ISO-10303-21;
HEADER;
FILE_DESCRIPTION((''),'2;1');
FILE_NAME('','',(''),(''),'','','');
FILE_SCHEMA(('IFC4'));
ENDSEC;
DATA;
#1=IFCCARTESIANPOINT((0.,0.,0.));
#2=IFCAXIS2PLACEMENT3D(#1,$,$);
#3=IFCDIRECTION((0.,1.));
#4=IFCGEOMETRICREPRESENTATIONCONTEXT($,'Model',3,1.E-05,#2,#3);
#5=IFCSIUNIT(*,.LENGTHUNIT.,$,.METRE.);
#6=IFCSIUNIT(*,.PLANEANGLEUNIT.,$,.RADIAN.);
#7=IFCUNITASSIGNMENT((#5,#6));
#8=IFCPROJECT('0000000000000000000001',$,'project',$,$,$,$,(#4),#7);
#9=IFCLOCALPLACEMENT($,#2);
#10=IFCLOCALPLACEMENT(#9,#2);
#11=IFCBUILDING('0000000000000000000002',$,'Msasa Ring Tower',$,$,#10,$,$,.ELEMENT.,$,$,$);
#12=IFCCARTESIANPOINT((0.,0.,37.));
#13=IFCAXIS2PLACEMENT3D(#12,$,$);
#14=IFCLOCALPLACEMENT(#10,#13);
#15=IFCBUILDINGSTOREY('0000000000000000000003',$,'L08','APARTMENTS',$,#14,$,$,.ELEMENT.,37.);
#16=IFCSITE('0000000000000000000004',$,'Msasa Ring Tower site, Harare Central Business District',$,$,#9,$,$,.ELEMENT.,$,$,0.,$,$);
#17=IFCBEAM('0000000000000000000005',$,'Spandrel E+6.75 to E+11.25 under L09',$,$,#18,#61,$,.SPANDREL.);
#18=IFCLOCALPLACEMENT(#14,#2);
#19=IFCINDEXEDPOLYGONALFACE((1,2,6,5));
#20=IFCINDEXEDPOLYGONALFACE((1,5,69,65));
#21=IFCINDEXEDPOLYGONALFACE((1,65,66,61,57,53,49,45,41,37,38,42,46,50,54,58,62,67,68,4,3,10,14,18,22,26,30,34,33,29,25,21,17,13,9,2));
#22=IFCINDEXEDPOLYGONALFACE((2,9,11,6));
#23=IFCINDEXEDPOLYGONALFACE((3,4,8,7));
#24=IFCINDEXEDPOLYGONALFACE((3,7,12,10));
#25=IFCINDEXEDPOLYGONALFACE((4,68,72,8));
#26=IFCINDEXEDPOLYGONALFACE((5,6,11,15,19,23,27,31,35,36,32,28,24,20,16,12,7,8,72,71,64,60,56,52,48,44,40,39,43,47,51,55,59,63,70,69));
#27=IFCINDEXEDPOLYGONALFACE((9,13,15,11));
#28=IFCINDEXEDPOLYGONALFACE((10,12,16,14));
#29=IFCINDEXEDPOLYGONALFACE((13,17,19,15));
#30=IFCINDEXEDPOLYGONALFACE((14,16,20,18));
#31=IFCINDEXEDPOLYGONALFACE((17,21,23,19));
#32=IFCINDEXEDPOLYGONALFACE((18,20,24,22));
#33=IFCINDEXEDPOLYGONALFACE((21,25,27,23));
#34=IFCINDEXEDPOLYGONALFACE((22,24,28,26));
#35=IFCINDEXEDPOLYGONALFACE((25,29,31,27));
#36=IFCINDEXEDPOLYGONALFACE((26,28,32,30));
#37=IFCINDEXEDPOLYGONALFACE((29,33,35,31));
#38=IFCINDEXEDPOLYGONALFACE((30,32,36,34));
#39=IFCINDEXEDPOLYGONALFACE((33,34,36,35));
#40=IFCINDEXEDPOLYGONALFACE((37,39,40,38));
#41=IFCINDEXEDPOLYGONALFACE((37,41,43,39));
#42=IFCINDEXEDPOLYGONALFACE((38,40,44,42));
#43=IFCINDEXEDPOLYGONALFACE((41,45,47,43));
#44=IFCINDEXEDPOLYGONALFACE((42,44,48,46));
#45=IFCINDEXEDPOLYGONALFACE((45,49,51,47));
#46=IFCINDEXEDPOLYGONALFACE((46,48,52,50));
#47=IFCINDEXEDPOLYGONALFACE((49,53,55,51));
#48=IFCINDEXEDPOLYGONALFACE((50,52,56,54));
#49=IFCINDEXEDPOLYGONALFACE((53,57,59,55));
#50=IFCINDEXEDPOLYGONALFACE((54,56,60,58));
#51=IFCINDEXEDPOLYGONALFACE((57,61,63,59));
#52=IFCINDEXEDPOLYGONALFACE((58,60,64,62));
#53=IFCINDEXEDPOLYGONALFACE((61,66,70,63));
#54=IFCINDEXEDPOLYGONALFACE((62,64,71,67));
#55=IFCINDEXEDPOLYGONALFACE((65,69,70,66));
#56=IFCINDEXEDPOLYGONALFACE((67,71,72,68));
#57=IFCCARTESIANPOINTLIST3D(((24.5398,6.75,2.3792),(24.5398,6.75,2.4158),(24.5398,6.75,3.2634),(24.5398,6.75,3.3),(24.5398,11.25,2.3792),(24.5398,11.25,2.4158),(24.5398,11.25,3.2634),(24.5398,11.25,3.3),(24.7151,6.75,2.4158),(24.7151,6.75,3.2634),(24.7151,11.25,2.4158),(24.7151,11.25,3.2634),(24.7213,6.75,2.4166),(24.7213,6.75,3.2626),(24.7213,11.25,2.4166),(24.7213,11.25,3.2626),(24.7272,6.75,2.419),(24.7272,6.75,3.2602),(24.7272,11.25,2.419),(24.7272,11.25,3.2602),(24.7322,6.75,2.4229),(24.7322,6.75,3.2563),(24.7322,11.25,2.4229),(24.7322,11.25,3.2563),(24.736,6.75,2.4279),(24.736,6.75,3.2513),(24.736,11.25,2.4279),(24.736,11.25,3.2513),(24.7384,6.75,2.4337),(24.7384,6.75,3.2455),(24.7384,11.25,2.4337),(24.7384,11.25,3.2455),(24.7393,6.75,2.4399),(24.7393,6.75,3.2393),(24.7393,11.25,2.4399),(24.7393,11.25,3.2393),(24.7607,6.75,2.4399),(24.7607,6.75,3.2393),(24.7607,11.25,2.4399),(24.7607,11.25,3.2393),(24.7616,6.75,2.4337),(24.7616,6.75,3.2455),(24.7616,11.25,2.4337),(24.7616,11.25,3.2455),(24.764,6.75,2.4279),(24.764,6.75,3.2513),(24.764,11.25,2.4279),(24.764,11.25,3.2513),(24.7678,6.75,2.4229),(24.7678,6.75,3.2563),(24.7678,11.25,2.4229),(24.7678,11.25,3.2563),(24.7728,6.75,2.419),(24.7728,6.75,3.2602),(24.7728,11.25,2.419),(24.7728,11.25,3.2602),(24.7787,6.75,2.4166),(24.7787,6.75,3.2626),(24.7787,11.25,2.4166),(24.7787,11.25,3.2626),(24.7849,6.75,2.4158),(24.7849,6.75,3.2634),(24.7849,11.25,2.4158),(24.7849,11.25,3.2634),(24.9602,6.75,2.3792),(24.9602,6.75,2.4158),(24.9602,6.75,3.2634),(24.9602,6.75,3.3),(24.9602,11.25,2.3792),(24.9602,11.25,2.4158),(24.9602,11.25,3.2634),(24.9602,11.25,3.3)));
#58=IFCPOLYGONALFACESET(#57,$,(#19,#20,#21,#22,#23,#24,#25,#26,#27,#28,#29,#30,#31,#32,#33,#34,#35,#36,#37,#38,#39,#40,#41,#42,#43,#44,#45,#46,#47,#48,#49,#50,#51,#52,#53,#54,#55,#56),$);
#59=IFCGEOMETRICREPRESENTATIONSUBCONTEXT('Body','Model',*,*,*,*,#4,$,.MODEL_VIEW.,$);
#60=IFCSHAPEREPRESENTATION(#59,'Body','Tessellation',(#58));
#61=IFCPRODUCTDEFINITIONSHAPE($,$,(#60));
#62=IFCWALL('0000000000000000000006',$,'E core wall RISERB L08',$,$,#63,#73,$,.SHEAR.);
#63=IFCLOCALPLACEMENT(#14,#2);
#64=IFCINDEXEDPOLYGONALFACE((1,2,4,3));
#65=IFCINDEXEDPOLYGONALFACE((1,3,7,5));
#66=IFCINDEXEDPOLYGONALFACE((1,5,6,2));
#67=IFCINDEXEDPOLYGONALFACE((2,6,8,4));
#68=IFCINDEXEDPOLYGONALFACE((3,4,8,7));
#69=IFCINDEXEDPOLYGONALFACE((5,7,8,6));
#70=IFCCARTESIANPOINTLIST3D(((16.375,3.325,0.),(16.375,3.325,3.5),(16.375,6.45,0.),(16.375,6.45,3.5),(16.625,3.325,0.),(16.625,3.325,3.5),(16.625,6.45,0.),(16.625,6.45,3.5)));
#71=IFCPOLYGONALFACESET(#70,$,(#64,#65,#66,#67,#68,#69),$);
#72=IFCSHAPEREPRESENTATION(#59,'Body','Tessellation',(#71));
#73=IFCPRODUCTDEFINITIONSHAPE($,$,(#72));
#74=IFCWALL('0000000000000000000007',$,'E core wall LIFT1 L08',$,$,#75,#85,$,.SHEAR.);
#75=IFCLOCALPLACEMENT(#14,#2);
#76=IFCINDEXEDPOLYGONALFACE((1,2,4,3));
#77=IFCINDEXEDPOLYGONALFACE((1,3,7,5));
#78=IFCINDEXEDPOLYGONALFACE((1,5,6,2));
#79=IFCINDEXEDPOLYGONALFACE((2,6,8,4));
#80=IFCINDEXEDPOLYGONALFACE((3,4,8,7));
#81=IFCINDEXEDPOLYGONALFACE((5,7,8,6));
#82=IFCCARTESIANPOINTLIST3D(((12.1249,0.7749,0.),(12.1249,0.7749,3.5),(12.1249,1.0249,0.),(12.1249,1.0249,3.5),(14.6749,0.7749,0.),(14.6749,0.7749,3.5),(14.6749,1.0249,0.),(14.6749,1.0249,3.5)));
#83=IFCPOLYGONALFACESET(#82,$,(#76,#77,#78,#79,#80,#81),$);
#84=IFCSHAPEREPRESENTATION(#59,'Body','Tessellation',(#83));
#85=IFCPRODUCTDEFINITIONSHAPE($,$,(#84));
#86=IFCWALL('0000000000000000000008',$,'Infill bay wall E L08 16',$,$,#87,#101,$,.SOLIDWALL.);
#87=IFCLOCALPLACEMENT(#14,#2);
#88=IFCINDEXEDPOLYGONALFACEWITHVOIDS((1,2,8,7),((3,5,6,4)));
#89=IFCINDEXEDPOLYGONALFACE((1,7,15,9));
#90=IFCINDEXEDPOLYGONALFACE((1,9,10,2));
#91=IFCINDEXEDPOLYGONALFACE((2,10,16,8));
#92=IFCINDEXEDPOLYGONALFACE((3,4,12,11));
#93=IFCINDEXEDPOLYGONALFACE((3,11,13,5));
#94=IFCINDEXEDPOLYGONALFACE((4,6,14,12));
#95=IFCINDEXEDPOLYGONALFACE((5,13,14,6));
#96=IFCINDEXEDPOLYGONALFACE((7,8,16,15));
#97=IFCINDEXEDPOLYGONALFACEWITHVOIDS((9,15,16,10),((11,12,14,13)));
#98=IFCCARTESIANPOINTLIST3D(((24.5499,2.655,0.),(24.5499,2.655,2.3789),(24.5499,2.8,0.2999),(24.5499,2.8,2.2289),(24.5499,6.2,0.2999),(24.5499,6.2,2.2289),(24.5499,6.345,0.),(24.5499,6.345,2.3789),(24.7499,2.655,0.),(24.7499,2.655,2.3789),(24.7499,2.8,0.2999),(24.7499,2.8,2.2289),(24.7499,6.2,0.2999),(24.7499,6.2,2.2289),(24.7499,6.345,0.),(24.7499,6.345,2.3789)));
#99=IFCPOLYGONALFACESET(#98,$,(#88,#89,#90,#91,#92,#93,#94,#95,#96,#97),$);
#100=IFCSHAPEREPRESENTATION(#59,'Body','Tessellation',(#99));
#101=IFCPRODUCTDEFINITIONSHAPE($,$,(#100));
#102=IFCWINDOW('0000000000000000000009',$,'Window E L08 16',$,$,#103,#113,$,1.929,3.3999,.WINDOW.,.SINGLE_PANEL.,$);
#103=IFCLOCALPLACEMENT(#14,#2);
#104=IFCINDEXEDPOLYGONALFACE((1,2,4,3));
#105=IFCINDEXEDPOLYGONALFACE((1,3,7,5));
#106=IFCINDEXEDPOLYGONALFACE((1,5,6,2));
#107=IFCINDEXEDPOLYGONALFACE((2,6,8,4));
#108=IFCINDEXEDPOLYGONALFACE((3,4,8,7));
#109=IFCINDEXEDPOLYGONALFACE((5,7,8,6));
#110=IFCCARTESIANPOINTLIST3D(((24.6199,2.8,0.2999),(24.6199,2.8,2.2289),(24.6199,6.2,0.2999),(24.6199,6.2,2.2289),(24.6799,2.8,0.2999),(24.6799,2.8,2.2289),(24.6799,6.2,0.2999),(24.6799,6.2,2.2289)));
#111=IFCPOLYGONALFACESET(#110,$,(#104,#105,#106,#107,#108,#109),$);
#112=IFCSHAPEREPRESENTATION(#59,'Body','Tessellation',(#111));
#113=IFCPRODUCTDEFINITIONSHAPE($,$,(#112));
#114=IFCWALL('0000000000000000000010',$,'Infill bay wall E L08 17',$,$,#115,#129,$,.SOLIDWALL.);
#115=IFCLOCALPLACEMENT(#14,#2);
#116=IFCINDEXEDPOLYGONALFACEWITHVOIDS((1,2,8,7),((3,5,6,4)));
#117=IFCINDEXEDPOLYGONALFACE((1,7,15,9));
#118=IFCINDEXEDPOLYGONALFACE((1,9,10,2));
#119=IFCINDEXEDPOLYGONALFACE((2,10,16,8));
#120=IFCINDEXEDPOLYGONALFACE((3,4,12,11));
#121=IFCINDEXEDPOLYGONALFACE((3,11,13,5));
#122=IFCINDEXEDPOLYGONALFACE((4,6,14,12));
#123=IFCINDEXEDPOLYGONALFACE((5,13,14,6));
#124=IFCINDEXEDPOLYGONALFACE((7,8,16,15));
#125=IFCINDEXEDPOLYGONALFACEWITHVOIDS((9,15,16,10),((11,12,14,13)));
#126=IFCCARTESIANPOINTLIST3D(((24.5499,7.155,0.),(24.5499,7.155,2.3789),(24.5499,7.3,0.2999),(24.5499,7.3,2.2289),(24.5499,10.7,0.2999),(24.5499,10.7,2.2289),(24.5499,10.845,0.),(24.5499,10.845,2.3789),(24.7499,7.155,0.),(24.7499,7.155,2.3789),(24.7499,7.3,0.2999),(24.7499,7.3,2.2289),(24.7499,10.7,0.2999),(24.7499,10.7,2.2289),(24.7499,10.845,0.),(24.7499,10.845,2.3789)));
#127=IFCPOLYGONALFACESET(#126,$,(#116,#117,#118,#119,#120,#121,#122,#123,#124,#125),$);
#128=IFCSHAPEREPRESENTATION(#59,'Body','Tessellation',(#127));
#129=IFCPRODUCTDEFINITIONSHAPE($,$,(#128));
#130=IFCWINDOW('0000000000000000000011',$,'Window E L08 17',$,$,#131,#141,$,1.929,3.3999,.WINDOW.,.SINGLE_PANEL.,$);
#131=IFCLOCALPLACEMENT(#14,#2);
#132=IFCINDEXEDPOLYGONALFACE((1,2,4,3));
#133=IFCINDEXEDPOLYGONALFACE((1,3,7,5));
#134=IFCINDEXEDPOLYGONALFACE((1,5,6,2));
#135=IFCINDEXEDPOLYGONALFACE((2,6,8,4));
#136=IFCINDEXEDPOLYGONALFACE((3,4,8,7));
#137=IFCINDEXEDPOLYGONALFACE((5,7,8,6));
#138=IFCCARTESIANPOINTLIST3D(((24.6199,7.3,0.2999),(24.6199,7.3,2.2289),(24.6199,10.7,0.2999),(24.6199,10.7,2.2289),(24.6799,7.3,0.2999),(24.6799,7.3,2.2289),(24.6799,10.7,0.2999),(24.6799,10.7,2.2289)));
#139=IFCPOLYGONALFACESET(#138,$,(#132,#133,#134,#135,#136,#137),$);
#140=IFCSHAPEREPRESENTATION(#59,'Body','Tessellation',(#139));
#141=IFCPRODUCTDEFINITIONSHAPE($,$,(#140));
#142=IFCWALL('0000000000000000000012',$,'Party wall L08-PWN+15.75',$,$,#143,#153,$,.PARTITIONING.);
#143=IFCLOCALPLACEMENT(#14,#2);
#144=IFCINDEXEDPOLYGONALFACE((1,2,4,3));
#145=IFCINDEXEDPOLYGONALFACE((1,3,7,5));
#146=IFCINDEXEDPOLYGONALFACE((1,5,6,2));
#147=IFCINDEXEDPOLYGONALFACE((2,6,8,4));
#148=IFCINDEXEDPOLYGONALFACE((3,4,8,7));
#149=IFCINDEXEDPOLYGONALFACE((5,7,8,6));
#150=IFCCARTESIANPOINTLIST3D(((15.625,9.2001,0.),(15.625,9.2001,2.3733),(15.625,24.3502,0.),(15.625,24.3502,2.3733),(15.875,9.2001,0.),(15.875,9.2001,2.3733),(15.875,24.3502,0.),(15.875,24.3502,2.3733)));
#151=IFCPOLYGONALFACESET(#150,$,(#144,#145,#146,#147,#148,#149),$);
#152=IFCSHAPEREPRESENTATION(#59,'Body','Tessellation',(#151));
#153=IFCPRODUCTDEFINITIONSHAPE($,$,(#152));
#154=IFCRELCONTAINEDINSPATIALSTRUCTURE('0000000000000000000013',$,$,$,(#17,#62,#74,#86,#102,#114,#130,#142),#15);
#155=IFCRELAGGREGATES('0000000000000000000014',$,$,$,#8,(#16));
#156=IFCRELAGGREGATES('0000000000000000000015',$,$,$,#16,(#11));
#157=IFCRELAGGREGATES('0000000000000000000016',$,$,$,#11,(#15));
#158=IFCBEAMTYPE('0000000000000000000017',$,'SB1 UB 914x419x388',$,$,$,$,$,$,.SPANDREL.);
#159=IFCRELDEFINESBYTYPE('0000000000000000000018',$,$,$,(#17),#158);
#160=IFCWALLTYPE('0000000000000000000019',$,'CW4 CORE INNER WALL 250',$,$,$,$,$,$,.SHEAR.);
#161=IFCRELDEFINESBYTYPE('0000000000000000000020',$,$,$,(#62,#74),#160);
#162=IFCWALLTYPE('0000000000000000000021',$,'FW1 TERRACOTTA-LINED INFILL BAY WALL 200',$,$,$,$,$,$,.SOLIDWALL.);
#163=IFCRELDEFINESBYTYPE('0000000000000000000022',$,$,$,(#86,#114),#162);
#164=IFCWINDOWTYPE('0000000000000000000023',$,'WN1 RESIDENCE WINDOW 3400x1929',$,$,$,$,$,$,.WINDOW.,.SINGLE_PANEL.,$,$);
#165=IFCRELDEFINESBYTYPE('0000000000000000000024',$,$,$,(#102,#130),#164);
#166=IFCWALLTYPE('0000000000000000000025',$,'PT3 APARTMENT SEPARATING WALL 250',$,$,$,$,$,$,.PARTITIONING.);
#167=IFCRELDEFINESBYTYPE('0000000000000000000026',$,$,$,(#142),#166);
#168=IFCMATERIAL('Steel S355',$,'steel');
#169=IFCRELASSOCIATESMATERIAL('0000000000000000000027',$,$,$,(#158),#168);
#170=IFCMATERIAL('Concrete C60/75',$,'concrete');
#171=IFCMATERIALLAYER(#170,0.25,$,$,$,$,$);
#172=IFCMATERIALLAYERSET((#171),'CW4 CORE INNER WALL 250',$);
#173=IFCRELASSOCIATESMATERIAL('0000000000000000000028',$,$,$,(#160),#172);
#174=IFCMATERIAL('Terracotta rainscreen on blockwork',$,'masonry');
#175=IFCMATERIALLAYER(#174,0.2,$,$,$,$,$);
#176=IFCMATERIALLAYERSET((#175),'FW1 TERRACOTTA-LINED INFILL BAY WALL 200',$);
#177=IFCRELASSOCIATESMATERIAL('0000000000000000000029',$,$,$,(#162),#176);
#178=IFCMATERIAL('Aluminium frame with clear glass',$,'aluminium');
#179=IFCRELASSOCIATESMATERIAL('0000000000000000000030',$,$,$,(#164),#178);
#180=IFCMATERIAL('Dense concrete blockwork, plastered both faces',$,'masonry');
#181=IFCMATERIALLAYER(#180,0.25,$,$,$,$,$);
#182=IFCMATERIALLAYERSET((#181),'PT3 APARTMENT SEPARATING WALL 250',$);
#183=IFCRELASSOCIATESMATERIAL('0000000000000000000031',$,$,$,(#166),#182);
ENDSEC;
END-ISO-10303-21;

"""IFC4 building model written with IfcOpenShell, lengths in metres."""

from ifc_helpers import new_model, si_unit, direction, frame, frame_2d, origin, origin_2d, place, context, subcontext, project, spatial, rectangle, i_section, extrude, material, layer, layer_set, material_profile, profile_set, type_object, element, fill, save


model = new_model("IFC4")

# Units and contexts
model_context = context("Model", 3, precision=1e-05, world=origin(), true_north=direction((0.0, 1.0)))
body_context = subcontext(model_context, "Body", "Model", "MODEL_VIEW")
ifc_project = project(units=[si_unit("LENGTHUNIT", "METRE"), si_unit("PLANEANGLEUNIT", "RADIAN")], contexts=[model_context])

# Site, building, storey
site_placement = place(None, origin())
site = spatial("IfcSite", under=ifc_project, at=site_placement, Name="Msasa Ring Tower site, Harare Central Business District", CompositionType="ELEMENT", RefElevation=0.0)
building_placement = place(site_placement, origin())
building = spatial("IfcBuilding", under=site, at=building_placement, Name="Msasa Ring Tower", CompositionType="ELEMENT")
storey_placement = place(building_placement, frame((0.0, 0.0, 37.0)))
storey = spatial("IfcBuildingStorey", under=building, at=storey_placement, Name="L08", Description="APARTMENTS", CompositionType="ELEMENT", Elevation=37.0)

# Beam
ifc_material_1 = material(Name="Steel S355", Category="steel")
ifc_material_profile_1 = material_profile(ifc_material_1, i_section(OverallWidth=0.4204, OverallDepth=0.9209, WebThickness=0.0215, FlangeThickness=0.0366, FilletRadius=0.0242, at=origin_2d()), Name="UB 914x419x388")
ifc_profile_set_1 = profile_set([ifc_material_profile_1], Name="Steel S355")
beam_type_1 = type_object("IfcBeamType", Name="SB1 UB 914x419x388", PredefinedType="SPANDREL", material=ifc_profile_set_1)
for number, where, z_axis, x_axis, name in (
    (1, (24.75, 6.75, 2.8396), (0.0, 1.0, 0.0), (-1.0, 0.0, 0.0), "Spandrel E+6.75 to E+11.25 under L09"),
):
    element("IfcBeam", number, at=place(storey_placement, frame(where, z_axis=z_axis, x_axis=x_axis)), inside=storey, type_object=beam_type_1, Name=name, PredefinedType="SPANDREL", context=body_context, shape_type="SweptSolid", body=[
        extrude(i_section(OverallWidth=0.4204, OverallDepth=0.9209, WebThickness=0.0215, FlangeThickness=0.0366, FilletRadius=0.0242, at=origin_2d()), origin(), (0.0, 0.0, 1.0), 4.5),
    ])

# Walls
ifc_material_2 = material(Name="Concrete C60/75", Category="concrete")
ifc_layer_1 = layer(ifc_material_2, 0.25)
ifc_layer_set_1 = layer_set([ifc_layer_1], Name="CW4 CORE INNER WALL 250")
wall_type_1 = type_object("IfcWallType", Name="CW4 CORE INNER WALL 250", PredefinedType="SHEAR", material=ifc_layer_set_1)
wall_1_placement = place(storey_placement, frame((16.5, 3.325, 0.0), z_axis=(0.0, 0.0, 1.0), x_axis=(0.0, 1.0, 0.0)))
element("IfcWall", 2, at=wall_1_placement, inside=storey, type_object=wall_type_1, Name="E core wall RISERB L08", PredefinedType="SHEAR", context=body_context, shape_type="SweptSolid", body=[
    extrude(rectangle(XDim=3.125, YDim=0.25, at=frame_2d((1.5625, 0.0))), origin(), (0.0, 0.0, 1.0), 3.5),
])
wall_2_placement = place(storey_placement, frame((12.125, 0.8999, 0.0), z_axis=(0.0, 0.0, 1.0), x_axis=(1.0, 0.0, 0.0)))
element("IfcWall", 3, at=wall_2_placement, inside=storey, type_object=wall_type_1, Name="E core wall LIFT1 L08", PredefinedType="SHEAR", context=body_context, shape_type="SweptSolid", body=[
    extrude(rectangle(XDim=2.55, YDim=0.25, at=frame_2d((1.2749, 0.0))), origin(), (0.0, 0.0, 1.0), 3.5),
])

# Walls, openings, windows
ifc_material_3 = material(Name="Terracotta rainscreen on blockwork", Category="masonry")
ifc_layer_2 = layer(ifc_material_3, 0.2)
ifc_layer_set_2 = layer_set([ifc_layer_2], Name="FW1 TERRACOTTA-LINED INFILL BAY WALL 200")
wall_type_2 = type_object("IfcWallType", Name="FW1 TERRACOTTA-LINED INFILL BAY WALL 200", PredefinedType="SOLIDWALL", material=ifc_layer_set_2)
wall_3_placement = place(storey_placement, frame((24.6499, 2.655, 0.0), z_axis=(0.0, 0.0, 1.0), x_axis=(0.0, 1.0, 0.0)))
wall_3 = element("IfcWall", 4, at=wall_3_placement, inside=storey, type_object=wall_type_2, Name="Infill bay wall E L08 16", PredefinedType="SOLIDWALL", context=body_context, shape_type="SweptSolid", body=[
    extrude(rectangle(XDim=3.6899, YDim=0.2, at=frame_2d((1.845, 0.0))), origin(), (0.0, 0.0, 1.0), 2.3789),
])
opening_1_placement = place(wall_3_placement, frame((0.145, 0.0, 0.3)))
opening_1 = element("IfcOpeningElement", 5, at=opening_1_placement, cuts=wall_3, PredefinedType="OPENING", context=body_context, shape_type="SweptSolid", body=[
    extrude(rectangle(XDim=3.3999, YDim=1.929, at=frame_2d((1.7, 0.9644))), frame((0.0, 0.1099, 0.0), z_axis=(0.0, -1.0, 0.0), x_axis=(1.0, 0.0, 0.0)), (0.0, 0.0, 1.0), 0.22),
])
ifc_material_4 = material(Name="Aluminium frame with clear glass", Category="aluminium")
window_type = type_object("IfcWindowType", Name="WN1 RESIDENCE WINDOW 3400x1929", PartitioningType="SINGLE_PANEL", PredefinedType="WINDOW", material=ifc_material_4)
window_1_placement = place(opening_1_placement, origin())
window_1 = element("IfcWindow", 6, at=window_1_placement, inside=storey, type_object=window_type, Name="Window E L08 16", OverallHeight=1.929, OverallWidth=3.3999, PartitioningType="SINGLE_PANEL", PredefinedType="WINDOW", context=body_context, shape_type="SweptSolid", body=[
    extrude(rectangle(XDim=3.3999, YDim=1.929, at=frame_2d((1.7, 0.9644))), frame((0.0, 0.03, 0.0), z_axis=(0.0, -1.0, 0.0), x_axis=(1.0, 0.0, 0.0)), (0.0, 0.0, 1.0), 0.0601),
])
fill(opening_1, window_1)
wall_4_placement = place(storey_placement, frame((24.6499, 7.155, 0.0), z_axis=(0.0, 0.0, 1.0), x_axis=(0.0, 1.0, 0.0)))
wall_4 = element("IfcWall", 7, at=wall_4_placement, inside=storey, type_object=wall_type_2, Name="Infill bay wall E L08 17", PredefinedType="SOLIDWALL", context=body_context, shape_type="SweptSolid", body=[
    extrude(rectangle(XDim=3.6899, YDim=0.2, at=frame_2d((1.845, 0.0))), origin(), (0.0, 0.0, 1.0), 2.3789),
])
opening_2_placement = place(wall_4_placement, frame((0.145, 0.0, 0.3)))
opening_2 = element("IfcOpeningElement", 8, at=opening_2_placement, cuts=wall_4, PredefinedType="OPENING", context=body_context, shape_type="SweptSolid", body=[
    extrude(rectangle(XDim=3.3999, YDim=1.929, at=frame_2d((1.7, 0.9644))), frame((0.0, 0.1099, 0.0), z_axis=(0.0, -1.0, 0.0), x_axis=(1.0, 0.0, 0.0)), (0.0, 0.0, 1.0), 0.22),
])
window_2_placement = place(opening_2_placement, origin())
window_2 = element("IfcWindow", 9, at=window_2_placement, inside=storey, type_object=window_type, Name="Window E L08 17", OverallHeight=1.929, OverallWidth=3.3999, PartitioningType="SINGLE_PANEL", PredefinedType="WINDOW", context=body_context, shape_type="SweptSolid", body=[
    extrude(rectangle(XDim=3.3999, YDim=1.929, at=frame_2d((1.7, 0.9644))), frame((0.0, 0.03, 0.0), z_axis=(0.0, -1.0, 0.0), x_axis=(1.0, 0.0, 0.0)), (0.0, 0.0, 1.0), 0.0601),
])
fill(opening_2, window_2)

# Wall
ifc_material_5 = material(Name="Dense concrete blockwork, plastered both faces", Category="masonry")
ifc_layer_3 = layer(ifc_material_5, 0.25)
ifc_layer_set_3 = layer_set([ifc_layer_3], Name="PT3 APARTMENT SEPARATING WALL 250")
wall_type_3 = type_object("IfcWallType", Name="PT3 APARTMENT SEPARATING WALL 250", PredefinedType="PARTITIONING", material=ifc_layer_set_3)
wall_5_placement = place(storey_placement, frame((15.75, 9.2, 0.0), z_axis=(0.0, 0.0, 1.0), x_axis=(0.0, 1.0, 0.0)))
element("IfcWall", 10, at=wall_5_placement, inside=storey, type_object=wall_type_3, Name="Party wall L08-PWN+15.75", PredefinedType="PARTITIONING", context=body_context, shape_type="SweptSolid", body=[
    extrude(rectangle(XDim=15.1501, YDim=0.25, at=frame_2d((7.5752, 0.0))), origin(), (0.0, 0.0, 1.0), 2.3733),
])

save(model, "model.ifc")
